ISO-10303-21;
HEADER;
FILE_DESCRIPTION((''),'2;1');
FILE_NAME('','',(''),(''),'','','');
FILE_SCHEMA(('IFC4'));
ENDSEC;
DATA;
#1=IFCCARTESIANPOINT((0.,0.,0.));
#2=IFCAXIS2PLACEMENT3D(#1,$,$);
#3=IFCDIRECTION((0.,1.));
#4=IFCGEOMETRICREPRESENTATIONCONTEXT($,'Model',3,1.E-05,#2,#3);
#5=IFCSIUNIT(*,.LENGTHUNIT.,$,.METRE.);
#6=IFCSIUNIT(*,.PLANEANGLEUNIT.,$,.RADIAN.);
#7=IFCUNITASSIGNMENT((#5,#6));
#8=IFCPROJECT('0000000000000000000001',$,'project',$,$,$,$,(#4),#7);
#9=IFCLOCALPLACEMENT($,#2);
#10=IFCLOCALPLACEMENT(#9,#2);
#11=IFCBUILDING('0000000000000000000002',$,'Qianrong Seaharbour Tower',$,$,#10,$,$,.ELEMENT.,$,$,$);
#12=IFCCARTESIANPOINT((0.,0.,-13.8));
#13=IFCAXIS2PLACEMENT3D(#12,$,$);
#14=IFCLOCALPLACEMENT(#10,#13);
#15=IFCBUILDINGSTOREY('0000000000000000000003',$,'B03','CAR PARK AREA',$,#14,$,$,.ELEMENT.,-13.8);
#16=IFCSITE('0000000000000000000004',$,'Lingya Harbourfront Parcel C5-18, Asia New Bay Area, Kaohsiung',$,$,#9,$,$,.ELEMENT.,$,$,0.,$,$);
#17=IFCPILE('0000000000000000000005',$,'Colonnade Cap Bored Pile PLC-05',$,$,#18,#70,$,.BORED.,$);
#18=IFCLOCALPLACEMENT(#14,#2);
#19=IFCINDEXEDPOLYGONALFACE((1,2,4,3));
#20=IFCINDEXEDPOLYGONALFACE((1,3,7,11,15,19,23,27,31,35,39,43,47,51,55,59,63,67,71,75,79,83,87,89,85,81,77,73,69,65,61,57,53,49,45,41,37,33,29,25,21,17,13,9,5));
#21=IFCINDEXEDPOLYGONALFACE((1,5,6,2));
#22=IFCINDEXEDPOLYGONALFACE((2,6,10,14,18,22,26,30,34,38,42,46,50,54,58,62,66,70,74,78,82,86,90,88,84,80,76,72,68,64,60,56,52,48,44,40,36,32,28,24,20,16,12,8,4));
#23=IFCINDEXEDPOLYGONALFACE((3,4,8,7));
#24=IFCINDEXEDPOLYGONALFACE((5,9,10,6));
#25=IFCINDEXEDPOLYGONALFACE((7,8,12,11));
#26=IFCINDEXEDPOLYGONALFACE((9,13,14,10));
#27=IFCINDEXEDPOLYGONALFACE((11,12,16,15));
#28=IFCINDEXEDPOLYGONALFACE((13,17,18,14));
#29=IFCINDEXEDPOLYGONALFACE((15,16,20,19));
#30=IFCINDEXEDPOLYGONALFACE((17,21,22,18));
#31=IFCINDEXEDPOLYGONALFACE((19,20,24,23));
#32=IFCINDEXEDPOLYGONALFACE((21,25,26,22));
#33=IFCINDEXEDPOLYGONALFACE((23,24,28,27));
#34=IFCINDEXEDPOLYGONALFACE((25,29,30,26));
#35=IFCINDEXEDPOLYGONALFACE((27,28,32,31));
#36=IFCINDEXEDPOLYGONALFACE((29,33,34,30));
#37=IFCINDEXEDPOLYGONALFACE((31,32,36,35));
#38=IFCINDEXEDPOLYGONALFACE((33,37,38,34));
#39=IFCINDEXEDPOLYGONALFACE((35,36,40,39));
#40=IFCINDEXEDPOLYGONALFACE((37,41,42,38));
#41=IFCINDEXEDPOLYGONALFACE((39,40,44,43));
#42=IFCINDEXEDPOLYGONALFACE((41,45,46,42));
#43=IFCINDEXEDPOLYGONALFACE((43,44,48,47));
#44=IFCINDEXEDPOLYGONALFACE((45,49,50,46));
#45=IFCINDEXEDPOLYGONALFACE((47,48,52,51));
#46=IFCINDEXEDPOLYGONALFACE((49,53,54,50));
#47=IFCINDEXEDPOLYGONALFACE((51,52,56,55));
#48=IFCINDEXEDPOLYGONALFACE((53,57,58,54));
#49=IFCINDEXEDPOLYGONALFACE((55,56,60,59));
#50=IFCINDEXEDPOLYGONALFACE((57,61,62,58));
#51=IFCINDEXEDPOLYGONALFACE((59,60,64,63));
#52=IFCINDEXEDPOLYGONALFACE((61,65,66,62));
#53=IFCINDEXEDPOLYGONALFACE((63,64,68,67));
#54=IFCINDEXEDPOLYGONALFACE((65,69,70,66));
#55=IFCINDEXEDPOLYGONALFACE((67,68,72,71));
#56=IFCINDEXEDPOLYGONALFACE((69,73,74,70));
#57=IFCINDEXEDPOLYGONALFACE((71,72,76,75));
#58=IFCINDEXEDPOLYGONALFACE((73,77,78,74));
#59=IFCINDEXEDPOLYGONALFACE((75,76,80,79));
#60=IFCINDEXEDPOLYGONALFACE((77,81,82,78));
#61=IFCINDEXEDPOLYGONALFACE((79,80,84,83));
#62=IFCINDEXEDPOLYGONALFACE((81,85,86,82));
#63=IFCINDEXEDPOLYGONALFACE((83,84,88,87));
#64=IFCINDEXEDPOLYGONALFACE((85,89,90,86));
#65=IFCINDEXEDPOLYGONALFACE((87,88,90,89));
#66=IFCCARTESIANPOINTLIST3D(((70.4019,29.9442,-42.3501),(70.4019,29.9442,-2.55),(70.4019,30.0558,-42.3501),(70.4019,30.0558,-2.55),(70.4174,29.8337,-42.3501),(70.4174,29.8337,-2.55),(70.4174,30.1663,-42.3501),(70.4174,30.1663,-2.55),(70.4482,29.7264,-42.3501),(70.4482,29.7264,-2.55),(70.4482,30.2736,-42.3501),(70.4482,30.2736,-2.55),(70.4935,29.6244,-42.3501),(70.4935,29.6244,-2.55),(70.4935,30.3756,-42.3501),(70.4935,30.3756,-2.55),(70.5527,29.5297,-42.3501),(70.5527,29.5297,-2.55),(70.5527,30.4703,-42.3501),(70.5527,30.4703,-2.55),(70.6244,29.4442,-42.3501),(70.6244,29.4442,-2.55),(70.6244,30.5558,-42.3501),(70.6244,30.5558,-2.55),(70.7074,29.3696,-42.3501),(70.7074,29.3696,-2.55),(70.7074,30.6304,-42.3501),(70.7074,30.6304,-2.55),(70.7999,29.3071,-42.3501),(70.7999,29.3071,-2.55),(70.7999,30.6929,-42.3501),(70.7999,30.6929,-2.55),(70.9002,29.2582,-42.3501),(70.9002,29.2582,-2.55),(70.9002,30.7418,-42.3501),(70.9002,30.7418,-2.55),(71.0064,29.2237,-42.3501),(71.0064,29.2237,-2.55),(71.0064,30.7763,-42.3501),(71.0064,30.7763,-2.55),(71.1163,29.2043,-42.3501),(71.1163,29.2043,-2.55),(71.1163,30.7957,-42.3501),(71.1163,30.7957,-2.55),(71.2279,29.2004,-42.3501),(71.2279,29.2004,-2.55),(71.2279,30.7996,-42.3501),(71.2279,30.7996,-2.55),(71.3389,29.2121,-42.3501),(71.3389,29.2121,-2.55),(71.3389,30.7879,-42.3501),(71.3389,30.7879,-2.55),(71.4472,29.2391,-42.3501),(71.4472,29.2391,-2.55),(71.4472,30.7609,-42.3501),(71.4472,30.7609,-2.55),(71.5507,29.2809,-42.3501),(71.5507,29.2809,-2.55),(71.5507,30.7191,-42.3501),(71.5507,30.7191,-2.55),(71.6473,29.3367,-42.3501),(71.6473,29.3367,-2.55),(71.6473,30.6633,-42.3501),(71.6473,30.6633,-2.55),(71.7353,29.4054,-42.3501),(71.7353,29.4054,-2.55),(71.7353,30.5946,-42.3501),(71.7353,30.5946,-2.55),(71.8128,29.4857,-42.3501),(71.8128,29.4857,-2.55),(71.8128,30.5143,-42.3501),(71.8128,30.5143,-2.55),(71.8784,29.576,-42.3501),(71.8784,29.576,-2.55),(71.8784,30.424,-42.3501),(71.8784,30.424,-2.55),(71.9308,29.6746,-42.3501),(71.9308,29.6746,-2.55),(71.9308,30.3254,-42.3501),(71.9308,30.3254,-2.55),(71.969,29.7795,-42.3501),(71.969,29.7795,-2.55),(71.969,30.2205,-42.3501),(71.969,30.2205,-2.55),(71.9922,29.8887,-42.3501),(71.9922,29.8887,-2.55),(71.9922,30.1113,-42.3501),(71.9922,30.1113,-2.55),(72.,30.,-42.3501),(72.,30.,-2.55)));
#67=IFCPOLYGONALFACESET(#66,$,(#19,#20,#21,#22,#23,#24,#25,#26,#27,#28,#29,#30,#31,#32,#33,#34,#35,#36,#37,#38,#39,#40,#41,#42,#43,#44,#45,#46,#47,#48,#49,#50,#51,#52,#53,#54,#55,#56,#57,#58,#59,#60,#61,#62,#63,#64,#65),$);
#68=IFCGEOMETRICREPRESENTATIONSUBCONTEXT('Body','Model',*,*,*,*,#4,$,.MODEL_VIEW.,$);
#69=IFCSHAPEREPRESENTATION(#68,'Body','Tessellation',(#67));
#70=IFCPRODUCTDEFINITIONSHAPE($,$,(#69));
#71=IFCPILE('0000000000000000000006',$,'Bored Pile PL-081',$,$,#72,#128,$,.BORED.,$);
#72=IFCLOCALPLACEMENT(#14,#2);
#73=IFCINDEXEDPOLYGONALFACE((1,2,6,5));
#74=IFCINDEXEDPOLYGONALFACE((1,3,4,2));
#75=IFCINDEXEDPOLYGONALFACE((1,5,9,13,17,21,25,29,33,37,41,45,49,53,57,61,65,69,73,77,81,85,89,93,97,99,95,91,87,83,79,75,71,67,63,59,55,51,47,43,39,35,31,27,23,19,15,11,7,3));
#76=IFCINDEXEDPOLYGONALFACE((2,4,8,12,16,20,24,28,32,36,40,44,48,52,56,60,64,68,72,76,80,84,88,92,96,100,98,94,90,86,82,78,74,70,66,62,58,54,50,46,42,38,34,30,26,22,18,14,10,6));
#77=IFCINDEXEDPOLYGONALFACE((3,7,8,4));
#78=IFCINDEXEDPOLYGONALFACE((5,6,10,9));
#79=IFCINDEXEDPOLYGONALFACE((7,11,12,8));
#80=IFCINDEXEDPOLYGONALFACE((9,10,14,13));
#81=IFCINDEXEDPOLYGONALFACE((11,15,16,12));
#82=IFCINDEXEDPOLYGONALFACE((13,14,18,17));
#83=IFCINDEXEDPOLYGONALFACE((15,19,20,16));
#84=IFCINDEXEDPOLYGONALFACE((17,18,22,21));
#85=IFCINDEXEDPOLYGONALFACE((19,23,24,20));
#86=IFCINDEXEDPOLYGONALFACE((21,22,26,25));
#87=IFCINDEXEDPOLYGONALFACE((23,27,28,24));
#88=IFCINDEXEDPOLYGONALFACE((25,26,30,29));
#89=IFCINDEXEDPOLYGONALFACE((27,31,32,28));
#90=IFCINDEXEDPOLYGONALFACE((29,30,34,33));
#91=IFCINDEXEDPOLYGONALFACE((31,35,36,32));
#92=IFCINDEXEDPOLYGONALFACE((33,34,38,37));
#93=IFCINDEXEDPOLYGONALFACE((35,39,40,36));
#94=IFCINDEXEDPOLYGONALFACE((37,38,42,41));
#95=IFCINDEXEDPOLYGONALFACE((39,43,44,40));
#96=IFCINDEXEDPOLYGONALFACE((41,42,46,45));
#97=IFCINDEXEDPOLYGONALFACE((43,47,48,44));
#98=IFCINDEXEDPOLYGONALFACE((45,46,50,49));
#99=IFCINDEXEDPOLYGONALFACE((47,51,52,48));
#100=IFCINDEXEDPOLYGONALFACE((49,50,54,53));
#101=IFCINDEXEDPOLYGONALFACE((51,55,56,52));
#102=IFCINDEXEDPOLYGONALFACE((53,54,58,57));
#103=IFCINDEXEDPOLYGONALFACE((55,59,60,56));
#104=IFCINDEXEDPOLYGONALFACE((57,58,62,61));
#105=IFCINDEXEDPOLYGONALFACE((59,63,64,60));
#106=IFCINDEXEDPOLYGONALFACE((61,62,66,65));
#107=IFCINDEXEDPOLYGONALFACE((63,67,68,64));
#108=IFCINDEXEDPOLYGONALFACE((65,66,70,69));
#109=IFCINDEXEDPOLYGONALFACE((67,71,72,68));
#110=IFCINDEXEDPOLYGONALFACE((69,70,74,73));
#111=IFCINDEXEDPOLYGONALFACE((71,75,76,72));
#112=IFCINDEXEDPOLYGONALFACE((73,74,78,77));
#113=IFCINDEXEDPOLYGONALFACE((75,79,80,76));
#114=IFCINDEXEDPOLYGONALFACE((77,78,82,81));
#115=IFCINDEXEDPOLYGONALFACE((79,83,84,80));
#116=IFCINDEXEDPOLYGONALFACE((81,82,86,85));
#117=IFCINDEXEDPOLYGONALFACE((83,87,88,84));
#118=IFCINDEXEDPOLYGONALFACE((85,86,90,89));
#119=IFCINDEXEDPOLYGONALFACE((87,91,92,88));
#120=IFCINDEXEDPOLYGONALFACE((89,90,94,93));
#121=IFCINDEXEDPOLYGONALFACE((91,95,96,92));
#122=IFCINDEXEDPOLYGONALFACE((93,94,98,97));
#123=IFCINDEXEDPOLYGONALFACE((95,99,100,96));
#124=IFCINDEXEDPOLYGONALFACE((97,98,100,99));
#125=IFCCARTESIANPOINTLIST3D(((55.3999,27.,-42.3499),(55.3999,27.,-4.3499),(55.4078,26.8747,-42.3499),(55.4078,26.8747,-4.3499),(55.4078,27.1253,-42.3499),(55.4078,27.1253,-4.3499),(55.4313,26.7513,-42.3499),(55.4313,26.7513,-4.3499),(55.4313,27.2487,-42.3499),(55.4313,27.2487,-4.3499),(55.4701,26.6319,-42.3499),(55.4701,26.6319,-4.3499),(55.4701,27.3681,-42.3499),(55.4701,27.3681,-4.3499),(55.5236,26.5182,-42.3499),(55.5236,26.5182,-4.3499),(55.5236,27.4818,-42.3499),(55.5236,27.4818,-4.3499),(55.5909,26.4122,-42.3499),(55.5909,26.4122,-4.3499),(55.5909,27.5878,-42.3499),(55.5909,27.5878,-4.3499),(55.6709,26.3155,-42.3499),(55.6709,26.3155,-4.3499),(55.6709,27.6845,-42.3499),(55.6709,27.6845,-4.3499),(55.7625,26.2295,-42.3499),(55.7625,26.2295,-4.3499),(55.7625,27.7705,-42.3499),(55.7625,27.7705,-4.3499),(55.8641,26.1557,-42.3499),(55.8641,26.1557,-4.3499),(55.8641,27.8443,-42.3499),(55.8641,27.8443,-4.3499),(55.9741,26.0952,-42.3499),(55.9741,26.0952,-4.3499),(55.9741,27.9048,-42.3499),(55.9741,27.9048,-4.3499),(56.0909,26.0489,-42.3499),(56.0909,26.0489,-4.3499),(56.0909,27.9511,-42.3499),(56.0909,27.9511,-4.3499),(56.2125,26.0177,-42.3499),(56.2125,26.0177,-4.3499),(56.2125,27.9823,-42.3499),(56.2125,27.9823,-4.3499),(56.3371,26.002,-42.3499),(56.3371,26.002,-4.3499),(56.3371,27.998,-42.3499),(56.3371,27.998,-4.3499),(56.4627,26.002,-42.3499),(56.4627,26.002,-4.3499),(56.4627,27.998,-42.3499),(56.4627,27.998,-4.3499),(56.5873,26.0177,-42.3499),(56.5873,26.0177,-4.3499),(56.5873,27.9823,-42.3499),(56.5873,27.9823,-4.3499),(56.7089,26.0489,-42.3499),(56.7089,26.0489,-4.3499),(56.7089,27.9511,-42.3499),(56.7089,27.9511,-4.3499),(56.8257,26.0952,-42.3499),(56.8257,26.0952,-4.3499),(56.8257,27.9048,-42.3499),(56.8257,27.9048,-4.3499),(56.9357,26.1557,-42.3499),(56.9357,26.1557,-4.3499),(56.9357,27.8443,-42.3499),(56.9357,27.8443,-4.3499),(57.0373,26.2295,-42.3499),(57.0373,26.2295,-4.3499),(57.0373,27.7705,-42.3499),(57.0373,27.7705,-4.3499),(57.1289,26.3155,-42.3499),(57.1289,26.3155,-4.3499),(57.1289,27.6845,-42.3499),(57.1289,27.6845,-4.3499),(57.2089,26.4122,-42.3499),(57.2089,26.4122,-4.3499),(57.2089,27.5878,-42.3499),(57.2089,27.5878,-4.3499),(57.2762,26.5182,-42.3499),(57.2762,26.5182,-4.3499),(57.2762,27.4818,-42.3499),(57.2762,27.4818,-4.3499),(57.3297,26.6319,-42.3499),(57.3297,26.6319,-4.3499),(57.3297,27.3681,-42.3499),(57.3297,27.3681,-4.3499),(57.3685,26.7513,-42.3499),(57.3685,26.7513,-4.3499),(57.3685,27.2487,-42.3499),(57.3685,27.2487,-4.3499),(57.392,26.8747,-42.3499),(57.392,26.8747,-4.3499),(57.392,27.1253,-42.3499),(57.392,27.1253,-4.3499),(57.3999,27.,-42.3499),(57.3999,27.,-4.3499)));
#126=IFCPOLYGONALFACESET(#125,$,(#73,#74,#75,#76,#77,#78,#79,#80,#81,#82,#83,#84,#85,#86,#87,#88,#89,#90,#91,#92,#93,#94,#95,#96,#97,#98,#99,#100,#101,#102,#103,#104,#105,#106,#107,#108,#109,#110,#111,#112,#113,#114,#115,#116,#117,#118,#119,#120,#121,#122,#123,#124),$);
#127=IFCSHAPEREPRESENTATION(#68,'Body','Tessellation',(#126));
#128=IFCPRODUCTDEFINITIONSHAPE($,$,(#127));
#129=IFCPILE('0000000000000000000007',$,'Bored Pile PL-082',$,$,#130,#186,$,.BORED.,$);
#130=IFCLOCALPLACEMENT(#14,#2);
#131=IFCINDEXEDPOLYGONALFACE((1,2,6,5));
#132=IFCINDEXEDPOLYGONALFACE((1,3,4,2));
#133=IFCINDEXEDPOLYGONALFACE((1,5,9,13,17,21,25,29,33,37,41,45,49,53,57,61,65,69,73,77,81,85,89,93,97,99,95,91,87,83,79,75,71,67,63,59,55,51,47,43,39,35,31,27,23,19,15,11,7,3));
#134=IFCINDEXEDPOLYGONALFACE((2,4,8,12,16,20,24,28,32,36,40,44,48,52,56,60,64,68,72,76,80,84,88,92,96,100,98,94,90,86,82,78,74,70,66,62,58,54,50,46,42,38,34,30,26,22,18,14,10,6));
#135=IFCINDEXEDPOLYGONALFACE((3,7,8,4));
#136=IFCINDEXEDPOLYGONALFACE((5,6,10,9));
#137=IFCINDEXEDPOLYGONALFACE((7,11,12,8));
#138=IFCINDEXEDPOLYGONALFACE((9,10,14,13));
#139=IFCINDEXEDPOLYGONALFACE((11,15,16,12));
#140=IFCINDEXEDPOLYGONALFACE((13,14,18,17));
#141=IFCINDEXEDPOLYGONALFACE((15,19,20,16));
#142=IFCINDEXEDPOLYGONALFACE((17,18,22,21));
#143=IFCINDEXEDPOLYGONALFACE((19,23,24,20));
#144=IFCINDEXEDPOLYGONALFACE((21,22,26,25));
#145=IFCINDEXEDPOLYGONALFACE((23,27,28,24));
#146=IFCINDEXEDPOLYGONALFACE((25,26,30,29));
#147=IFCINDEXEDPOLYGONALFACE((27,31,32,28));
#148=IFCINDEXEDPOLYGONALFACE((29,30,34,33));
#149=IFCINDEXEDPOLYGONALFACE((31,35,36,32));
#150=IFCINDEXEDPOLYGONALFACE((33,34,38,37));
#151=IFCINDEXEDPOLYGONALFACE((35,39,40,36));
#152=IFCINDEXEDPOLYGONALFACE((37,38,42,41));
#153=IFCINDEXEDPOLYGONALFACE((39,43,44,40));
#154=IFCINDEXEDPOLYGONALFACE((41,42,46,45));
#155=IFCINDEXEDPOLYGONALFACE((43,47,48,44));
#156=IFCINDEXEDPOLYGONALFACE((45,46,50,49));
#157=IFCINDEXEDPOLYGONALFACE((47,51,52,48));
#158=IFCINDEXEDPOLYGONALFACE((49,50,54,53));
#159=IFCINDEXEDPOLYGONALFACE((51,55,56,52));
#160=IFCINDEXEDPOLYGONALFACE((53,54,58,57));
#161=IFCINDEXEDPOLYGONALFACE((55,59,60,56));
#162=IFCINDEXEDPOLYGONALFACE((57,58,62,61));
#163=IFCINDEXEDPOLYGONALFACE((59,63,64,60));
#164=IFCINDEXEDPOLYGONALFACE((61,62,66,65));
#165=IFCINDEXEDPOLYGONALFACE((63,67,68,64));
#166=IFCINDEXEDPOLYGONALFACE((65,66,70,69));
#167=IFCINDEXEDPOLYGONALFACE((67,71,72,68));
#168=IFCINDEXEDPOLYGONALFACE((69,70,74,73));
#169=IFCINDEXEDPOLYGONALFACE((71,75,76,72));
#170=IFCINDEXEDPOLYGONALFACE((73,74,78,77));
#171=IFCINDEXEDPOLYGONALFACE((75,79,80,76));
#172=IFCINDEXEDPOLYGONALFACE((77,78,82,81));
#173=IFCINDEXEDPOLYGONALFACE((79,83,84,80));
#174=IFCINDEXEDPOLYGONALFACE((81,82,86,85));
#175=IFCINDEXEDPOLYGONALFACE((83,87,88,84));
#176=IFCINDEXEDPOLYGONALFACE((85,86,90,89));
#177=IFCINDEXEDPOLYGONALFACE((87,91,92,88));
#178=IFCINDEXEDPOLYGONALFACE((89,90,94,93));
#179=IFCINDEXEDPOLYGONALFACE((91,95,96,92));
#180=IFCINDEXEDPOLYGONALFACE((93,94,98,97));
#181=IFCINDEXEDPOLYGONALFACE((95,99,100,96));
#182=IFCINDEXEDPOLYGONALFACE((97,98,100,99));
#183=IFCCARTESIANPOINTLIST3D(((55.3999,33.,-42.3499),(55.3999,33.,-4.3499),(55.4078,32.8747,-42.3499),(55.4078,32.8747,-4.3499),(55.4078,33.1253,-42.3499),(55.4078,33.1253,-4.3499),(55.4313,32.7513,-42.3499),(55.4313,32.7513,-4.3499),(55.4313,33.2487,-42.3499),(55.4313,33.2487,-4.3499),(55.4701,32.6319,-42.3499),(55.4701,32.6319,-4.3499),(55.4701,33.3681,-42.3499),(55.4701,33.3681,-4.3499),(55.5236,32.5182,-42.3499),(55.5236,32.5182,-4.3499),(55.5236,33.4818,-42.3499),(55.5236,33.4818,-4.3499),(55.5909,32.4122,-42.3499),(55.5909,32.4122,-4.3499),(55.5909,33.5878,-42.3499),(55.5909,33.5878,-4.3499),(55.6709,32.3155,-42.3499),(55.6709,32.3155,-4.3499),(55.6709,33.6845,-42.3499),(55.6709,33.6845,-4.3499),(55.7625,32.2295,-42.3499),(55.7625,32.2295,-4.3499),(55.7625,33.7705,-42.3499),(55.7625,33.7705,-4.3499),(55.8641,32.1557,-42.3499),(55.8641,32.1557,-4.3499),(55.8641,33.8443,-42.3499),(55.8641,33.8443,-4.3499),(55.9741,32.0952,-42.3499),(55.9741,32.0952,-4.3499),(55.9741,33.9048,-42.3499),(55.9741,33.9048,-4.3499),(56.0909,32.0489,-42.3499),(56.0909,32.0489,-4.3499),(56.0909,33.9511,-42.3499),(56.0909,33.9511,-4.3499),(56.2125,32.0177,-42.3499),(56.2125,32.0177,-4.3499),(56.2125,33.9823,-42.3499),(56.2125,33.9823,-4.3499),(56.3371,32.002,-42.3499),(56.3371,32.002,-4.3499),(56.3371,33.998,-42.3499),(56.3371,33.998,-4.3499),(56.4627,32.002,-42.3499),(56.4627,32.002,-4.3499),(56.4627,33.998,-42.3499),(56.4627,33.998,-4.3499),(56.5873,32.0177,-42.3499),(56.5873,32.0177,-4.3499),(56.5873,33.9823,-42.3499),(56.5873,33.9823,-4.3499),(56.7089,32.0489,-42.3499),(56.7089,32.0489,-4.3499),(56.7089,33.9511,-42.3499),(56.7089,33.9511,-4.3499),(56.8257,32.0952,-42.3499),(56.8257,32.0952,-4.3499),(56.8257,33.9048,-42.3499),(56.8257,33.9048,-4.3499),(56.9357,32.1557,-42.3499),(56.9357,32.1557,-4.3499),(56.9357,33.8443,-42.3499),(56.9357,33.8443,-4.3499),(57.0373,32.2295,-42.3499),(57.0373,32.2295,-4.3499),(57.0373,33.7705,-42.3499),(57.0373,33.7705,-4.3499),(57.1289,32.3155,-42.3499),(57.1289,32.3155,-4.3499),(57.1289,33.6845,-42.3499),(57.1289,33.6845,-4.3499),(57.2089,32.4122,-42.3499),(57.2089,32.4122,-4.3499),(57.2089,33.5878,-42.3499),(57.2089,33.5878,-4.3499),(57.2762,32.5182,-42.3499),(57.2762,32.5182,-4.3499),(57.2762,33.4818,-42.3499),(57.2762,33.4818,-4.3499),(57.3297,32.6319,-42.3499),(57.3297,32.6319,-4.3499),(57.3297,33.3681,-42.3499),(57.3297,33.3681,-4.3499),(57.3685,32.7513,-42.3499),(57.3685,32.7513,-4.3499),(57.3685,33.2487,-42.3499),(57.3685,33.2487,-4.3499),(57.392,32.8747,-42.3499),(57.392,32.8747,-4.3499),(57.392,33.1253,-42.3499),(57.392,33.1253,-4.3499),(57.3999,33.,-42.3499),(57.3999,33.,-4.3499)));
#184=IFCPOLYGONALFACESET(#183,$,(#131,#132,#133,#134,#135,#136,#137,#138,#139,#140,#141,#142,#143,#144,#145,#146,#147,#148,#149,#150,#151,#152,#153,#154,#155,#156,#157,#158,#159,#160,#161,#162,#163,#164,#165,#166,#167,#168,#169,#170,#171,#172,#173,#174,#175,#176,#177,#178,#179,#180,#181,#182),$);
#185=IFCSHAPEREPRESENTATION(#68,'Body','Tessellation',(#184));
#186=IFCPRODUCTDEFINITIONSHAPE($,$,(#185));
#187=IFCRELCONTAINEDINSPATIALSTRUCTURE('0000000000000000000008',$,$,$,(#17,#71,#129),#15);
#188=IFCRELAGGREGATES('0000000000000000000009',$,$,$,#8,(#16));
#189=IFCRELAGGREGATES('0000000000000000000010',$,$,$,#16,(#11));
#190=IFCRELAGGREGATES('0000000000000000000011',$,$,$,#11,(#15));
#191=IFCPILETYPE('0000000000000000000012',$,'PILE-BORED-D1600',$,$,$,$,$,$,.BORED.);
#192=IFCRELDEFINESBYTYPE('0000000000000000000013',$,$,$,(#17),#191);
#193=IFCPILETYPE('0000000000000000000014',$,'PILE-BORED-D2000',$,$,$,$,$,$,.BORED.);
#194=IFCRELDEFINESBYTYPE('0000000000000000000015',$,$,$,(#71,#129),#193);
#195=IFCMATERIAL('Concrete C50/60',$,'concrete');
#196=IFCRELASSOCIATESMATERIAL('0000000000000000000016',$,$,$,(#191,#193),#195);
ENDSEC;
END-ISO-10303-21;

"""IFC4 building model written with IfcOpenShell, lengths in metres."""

from ifc_helpers import new_model, si_unit, direction, frame, origin, origin_2d, place, context, subcontext, project, spatial, circle, extrude, material, material_profile, profile_set, type_object, element, save


model = new_model("IFC4")

# Units and contexts
model_context = context("Model", 3, precision=1e-05, world=origin(), true_north=direction((0.0, 1.0)))
body_context = subcontext(model_context, "Body", "Model", "MODEL_VIEW")
ifc_project = project(units=[si_unit("LENGTHUNIT", "METRE"), si_unit("PLANEANGLEUNIT", "RADIAN")], contexts=[model_context])

# Site, building, storey
site_placement = place(None, origin())
site = spatial("IfcSite", under=ifc_project, at=site_placement, Name="Lingya Harbourfront Parcel C5-18, Asia New Bay Area, Kaohsiung", CompositionType="ELEMENT", RefElevation=0.0)
building_placement = place(site_placement, origin())
building = spatial("IfcBuilding", under=site, at=building_placement, Name="Qianrong Seaharbour Tower", CompositionType="ELEMENT")
storey_placement = place(building_placement, frame((0.0, 0.0, -13.8)))
storey = spatial("IfcBuildingStorey", under=building, at=storey_placement, Name="B03", Description="CAR PARK AREA", CompositionType="ELEMENT", Elevation=-13.8)

# Piles
ifc_material_1 = material(Name="Concrete C50/60", Category="concrete")
ifc_material_profile_1 = material_profile(ifc_material_1, circle(Radius=0.8, at=origin_2d()), Name="PILE-D1600")
ifc_profile_set_1 = profile_set([ifc_material_profile_1], Name="Concrete C50/60")
pile_type_1 = type_object("IfcPileType", Name="PILE-BORED-D1600", PredefinedType="BORED", material=ifc_profile_set_1)
for number, where, z_axis, x_axis, name in (
    (1, (71.2, 30.0, -2.55), (0.0, 0.0, -1.0), (1.0, 0.0, 0.0), "Colonnade Cap Bored Pile PLC-05"),
):
    element("IfcPile", number, at=place(storey_placement, frame(where, z_axis=z_axis, x_axis=x_axis)), inside=storey, type_object=pile_type_1, Name=name, PredefinedType="BORED", context=body_context, shape_type="SweptSolid", body=[
        extrude(circle(Radius=0.8, at=origin_2d()), origin(), (0.0, 0.0, 1.0), 39.8),
    ])
ifc_material_profile_2 = material_profile(ifc_material_1, circle(Radius=1.0, at=origin_2d()), Name="PILE-D2000")
ifc_profile_set_2 = profile_set([ifc_material_profile_2], Name="Concrete C50/60")
pile_type_2 = type_object("IfcPileType", Name="PILE-BORED-D2000", PredefinedType="BORED", material=ifc_profile_set_2)
for number, where, z_axis, x_axis, name in (
    (2, (56.3999, 27.0, -4.3499), (0.0, 0.0, -1.0), (1.0, 0.0, 0.0), "Bored Pile PL-081"),
    (3, (56.3999, 33.0, -4.3499), (0.0, 0.0, -1.0), (1.0, 0.0, 0.0), "Bored Pile PL-082"),
):
    element("IfcPile", number, at=place(storey_placement, frame(where, z_axis=z_axis, x_axis=x_axis)), inside=storey, type_object=pile_type_2, Name=name, PredefinedType="BORED", context=body_context, shape_type="SweptSolid", body=[
        extrude(circle(Radius=1.0, at=origin_2d()), origin(), (0.0, 0.0, 1.0), 38.0),
    ])

save(model, "model.ifc")
